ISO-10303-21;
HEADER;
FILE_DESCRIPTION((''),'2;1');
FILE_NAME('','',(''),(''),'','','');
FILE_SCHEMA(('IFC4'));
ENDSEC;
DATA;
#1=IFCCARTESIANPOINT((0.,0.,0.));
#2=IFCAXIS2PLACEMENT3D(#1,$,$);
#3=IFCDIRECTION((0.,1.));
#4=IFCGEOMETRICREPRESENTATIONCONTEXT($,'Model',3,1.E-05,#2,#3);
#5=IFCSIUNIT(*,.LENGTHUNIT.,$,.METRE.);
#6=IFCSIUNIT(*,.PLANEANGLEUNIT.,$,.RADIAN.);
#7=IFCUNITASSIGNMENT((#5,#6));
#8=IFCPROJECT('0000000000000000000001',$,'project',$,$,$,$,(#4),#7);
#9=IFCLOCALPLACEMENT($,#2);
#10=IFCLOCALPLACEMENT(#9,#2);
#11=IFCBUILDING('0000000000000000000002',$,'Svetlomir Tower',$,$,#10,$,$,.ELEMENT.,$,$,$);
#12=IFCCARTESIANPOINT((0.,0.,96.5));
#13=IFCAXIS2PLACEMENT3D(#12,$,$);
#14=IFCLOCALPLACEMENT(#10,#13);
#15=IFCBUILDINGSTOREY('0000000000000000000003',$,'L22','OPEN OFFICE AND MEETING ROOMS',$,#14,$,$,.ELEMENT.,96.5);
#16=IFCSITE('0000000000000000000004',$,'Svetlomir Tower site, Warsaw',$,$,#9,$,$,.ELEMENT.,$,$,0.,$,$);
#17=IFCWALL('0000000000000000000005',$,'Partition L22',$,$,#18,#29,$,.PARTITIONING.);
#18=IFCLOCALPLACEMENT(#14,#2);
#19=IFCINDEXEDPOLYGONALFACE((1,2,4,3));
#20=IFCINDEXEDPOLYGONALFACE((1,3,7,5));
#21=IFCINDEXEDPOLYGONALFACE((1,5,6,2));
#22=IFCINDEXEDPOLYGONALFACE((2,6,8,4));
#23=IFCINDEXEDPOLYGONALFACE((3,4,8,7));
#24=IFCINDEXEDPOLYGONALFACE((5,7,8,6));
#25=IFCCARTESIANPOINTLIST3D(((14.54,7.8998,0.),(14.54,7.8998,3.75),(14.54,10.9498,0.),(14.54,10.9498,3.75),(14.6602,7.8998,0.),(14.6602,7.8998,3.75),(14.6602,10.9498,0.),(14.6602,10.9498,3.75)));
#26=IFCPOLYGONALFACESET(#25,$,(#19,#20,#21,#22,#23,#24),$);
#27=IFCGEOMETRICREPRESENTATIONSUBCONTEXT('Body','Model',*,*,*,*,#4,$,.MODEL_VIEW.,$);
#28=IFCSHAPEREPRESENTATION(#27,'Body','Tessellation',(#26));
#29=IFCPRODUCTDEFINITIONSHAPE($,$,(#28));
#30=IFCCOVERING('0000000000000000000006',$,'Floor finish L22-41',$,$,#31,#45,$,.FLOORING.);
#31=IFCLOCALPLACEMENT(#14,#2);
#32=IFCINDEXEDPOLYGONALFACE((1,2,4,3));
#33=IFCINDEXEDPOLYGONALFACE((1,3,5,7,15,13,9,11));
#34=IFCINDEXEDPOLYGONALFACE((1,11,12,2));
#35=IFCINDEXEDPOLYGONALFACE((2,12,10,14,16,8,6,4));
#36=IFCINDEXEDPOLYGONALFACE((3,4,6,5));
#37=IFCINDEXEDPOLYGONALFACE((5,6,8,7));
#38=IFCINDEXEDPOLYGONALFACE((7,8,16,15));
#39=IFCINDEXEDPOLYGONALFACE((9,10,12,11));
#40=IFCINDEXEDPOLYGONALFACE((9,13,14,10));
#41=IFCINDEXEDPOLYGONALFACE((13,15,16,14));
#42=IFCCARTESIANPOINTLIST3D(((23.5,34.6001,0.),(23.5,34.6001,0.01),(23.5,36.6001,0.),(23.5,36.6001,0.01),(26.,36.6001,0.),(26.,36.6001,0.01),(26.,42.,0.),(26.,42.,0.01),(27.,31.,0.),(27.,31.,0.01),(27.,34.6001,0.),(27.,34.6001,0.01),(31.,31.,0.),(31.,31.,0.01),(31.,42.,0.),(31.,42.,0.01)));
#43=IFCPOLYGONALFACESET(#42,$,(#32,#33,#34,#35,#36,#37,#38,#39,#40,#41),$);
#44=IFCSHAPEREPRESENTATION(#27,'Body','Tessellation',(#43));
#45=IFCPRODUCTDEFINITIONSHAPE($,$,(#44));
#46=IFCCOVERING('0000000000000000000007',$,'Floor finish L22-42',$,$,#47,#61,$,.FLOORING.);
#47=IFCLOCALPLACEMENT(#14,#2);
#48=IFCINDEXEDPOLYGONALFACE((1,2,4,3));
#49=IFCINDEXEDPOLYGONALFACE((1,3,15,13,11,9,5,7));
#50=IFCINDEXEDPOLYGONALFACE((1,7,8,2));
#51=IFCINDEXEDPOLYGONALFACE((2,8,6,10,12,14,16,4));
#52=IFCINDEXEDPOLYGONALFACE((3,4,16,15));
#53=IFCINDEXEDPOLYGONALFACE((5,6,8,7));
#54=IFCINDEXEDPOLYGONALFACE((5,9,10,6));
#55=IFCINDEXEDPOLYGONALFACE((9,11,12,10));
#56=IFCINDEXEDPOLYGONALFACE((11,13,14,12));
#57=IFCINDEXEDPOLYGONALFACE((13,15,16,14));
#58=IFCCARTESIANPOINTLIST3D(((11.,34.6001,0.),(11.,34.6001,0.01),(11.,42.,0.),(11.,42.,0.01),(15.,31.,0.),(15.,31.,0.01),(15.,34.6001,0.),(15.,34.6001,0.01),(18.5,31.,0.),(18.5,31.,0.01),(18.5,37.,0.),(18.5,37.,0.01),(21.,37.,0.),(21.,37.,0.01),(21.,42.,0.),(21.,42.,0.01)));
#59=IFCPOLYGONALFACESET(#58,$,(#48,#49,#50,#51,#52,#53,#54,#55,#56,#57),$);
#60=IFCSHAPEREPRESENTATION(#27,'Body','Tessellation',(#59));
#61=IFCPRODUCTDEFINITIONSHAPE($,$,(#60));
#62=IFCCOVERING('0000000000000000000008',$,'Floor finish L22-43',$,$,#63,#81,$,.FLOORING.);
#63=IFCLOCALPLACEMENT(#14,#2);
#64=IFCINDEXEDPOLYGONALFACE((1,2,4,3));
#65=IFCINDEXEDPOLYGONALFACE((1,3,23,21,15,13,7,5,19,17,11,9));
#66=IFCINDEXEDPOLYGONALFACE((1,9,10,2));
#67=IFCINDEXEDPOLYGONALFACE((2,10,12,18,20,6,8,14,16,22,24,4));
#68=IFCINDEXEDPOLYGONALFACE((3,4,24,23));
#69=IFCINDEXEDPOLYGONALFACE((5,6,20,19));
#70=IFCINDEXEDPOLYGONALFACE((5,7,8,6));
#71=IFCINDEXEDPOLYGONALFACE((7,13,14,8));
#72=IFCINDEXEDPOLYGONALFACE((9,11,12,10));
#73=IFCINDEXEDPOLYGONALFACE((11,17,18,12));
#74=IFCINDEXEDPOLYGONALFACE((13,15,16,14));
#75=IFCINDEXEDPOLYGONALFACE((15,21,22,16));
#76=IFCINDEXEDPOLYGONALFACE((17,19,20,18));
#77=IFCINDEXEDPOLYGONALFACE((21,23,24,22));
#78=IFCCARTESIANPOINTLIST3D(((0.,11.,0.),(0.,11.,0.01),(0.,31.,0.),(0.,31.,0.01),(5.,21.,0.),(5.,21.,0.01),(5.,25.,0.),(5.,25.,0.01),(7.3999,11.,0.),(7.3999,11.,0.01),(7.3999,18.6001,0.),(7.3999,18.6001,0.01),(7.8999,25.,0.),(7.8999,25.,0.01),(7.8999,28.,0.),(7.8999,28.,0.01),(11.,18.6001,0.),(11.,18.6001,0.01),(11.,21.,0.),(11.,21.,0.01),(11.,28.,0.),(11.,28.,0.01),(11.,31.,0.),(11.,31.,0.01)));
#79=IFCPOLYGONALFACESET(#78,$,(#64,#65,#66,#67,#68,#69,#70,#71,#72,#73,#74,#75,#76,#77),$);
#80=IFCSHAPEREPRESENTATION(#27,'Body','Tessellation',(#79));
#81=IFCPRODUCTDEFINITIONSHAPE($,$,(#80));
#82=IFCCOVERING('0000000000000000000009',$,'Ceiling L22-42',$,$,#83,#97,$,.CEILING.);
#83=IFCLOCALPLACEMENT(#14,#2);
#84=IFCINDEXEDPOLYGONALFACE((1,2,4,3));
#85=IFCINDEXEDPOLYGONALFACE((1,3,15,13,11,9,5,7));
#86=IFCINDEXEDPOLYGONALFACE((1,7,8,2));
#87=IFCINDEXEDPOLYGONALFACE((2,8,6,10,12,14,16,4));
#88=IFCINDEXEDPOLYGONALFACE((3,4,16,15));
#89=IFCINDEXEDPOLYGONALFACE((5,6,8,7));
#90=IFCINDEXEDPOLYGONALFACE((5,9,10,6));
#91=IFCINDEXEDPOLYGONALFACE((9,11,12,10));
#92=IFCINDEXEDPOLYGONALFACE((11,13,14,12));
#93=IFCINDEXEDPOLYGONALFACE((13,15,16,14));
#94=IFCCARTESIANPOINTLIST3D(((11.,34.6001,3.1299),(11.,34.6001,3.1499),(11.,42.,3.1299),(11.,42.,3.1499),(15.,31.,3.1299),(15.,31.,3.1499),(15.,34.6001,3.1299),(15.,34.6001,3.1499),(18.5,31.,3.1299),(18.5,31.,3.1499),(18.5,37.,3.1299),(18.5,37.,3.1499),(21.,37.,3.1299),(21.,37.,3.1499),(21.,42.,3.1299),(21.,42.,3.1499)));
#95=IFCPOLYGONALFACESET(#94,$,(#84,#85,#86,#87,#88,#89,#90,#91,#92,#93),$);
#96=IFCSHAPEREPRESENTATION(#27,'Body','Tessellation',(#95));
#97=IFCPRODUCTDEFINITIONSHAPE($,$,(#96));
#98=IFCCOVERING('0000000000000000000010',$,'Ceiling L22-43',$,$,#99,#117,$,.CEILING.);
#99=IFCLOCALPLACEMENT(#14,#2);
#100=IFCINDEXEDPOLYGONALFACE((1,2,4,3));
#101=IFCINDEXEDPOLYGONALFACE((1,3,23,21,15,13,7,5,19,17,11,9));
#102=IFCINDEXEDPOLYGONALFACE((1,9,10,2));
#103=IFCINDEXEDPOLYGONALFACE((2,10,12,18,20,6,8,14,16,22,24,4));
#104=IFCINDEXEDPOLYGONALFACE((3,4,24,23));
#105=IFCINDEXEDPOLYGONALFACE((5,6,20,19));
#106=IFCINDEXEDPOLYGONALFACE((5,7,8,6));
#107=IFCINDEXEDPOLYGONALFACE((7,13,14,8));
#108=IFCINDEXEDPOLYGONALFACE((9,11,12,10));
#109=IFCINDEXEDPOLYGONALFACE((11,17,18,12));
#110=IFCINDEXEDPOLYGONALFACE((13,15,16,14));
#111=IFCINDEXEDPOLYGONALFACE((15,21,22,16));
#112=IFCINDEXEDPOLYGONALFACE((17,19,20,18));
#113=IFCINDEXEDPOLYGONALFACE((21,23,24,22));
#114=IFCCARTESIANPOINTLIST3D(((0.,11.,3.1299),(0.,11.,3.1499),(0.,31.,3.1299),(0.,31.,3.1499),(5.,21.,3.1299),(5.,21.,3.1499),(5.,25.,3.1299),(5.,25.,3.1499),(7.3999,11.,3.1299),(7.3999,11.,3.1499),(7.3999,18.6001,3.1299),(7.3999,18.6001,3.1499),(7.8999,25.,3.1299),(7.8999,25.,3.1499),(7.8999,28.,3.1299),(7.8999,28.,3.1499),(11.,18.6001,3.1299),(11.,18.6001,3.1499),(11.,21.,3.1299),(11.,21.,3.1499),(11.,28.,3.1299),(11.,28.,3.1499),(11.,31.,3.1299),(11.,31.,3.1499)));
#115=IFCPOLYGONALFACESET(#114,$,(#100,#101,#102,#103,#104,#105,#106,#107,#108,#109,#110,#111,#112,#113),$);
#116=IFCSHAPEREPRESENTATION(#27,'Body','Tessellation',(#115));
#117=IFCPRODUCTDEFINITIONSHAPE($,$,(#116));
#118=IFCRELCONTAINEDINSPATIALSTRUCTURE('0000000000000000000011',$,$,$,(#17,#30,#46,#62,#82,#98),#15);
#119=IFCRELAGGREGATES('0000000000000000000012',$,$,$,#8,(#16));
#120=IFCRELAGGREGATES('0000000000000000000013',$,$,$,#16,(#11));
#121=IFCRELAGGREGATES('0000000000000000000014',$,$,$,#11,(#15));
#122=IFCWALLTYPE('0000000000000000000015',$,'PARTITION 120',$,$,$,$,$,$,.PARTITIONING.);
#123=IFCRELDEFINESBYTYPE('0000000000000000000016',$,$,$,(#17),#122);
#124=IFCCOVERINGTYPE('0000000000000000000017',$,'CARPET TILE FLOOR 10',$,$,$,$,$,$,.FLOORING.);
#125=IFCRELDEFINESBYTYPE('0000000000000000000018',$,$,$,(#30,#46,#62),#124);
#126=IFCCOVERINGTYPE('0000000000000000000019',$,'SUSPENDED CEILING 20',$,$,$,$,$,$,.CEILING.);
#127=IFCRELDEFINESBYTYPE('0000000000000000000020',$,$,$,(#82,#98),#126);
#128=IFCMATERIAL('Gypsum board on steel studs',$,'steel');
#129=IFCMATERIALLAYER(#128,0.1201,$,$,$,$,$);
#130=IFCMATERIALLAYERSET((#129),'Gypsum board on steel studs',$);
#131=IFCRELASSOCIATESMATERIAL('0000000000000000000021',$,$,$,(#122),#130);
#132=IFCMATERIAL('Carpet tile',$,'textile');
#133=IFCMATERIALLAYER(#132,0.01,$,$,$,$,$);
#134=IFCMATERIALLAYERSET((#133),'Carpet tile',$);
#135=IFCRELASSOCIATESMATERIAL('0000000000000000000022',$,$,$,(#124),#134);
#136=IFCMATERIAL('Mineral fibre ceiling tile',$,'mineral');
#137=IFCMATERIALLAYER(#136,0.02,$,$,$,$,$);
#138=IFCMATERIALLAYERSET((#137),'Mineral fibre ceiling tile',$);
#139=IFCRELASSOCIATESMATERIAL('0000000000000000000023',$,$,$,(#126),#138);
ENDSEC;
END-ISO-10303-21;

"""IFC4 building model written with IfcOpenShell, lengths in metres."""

from ifc_helpers import new_model, si_unit, direction, frame, frame_2d, origin, place, context, subcontext, project, spatial, polyline, rectangle, outline, extrude, material, layer, layer_set, type_object, element, save


model = new_model("IFC4")

# Units and contexts
model_context = context("Model", 3, precision=1e-05, world=origin(), true_north=direction((0.0, 1.0)))
body_context = subcontext(model_context, "Body", "Model", "MODEL_VIEW")
ifc_project = project(units=[si_unit("LENGTHUNIT", "METRE"), si_unit("PLANEANGLEUNIT", "RADIAN")], contexts=[model_context])

# Site, building, storey
site_placement = place(None, origin())
site = spatial("IfcSite", under=ifc_project, at=site_placement, Name="Svetlomir Tower site, Warsaw", CompositionType="ELEMENT", RefElevation=0.0)
building_placement = place(site_placement, origin())
building = spatial("IfcBuilding", under=site, at=building_placement, Name="Svetlomir Tower", CompositionType="ELEMENT")
storey_placement = place(building_placement, frame((0.0, 0.0, 96.5)))
storey = spatial("IfcBuildingStorey", under=building, at=storey_placement, Name="L22", Description="OPEN OFFICE AND MEETING ROOMS", CompositionType="ELEMENT", Elevation=96.5)

# Shared definitions
ifc_material_1 = material(Name="Gypsum board on steel studs", Category="steel")
ifc_layer_1 = layer(ifc_material_1, 0.1201)
ifc_layer_set_1 = layer_set([ifc_layer_1], Name="Gypsum board on steel studs")
wall_type_1 = type_object("IfcWallType", Name="PARTITION 120", PredefinedType="PARTITIONING", material=ifc_layer_set_1)

# Wall
wall_1_placement = place(storey_placement, frame((14.6001, 7.8999, 0.0), z_axis=(0.0, 0.0, 1.0), x_axis=(0.0, 1.0, 0.0)))
element("IfcWall", 1, at=wall_1_placement, inside=storey, type_object=wall_type_1, Name="Partition L22", PredefinedType="PARTITIONING", context=body_context, shape_type="SweptSolid", body=[
    extrude(rectangle(XDim=3.05, YDim=0.1201, at=frame_2d((1.5249, 0.0))), origin(), (0.0, 0.0, 1.0), 3.75),
])

# Coverings
ifc_material_2 = material(Name="Carpet tile", Category="textile")
ifc_layer_2 = layer(ifc_material_2, 0.01)
ifc_layer_set_2 = layer_set([ifc_layer_2], Name="Carpet tile")
covering_type_1 = type_object("IfcCoveringType", Name="CARPET TILE FLOOR 10", PredefinedType="FLOORING", material=ifc_layer_set_2)
covering_1_placement = place(storey_placement, origin())
element("IfcCovering", 2, at=covering_1_placement, inside=storey, type_object=covering_type_1, Name="Floor finish L22-41", PredefinedType="FLOORING", context=body_context, shape_type="SweptSolid", body=[
    extrude(outline(polyline([(27.0, 31.0), (27.0, 34.6001), (23.5, 34.6001), (23.5, 36.6001), (26.0, 36.6001), (26.0, 42.0), (31.0, 42.0), (31.0, 31.0), (27.0, 31.0)])), origin(), (0.0, 0.0, 1.0), 0.01),
])
covering_2_placement = place(storey_placement, origin())
element("IfcCovering", 3, at=covering_2_placement, inside=storey, type_object=covering_type_1, Name="Floor finish L22-42", PredefinedType="FLOORING", context=body_context, shape_type="SweptSolid", body=[
    extrude(outline(polyline([(15.0, 34.6001), (11.0, 34.6001), (11.0, 42.0), (21.0, 42.0), (21.0, 37.0), (18.5, 37.0), (18.5, 31.0), (15.0, 31.0), (15.0, 34.6001)])), origin(), (0.0, 0.0, 1.0), 0.01),
])
covering_3_placement = place(storey_placement, origin())
element("IfcCovering", 4, at=covering_3_placement, inside=storey, type_object=covering_type_1, Name="Floor finish L22-43", PredefinedType="FLOORING", context=body_context, shape_type="SweptSolid", body=[
    extrude(outline(polyline([(11.0, 31.0), (11.0, 28.0), (7.8999, 28.0), (7.8999, 25.0), (5.0, 25.0), (5.0, 21.0), (11.0, 21.0), (11.0, 18.6001), (7.3999, 18.6001), (7.3999, 11.0), (0.0, 11.0), (0.0, 31.0), (11.0, 31.0)])), origin(), (0.0, 0.0, 1.0), 0.01),
])
ifc_material_3 = material(Name="Mineral fibre ceiling tile", Category="mineral")
ifc_layer_3 = layer(ifc_material_3, 0.02)
ifc_layer_set_3 = layer_set([ifc_layer_3], Name="Mineral fibre ceiling tile")
covering_type_2 = type_object("IfcCoveringType", Name="SUSPENDED CEILING 20", PredefinedType="CEILING", material=ifc_layer_set_3)
covering_4_placement = place(storey_placement, frame((0.0, 0.0, 3.1299)))
element("IfcCovering", 5, at=covering_4_placement, inside=storey, type_object=covering_type_2, Name="Ceiling L22-42", PredefinedType="CEILING", context=body_context, shape_type="SweptSolid", body=[
    extrude(outline(polyline([(15.0, 34.6001), (11.0, 34.6001), (11.0, 42.0), (21.0, 42.0), (21.0, 37.0), (18.5, 37.0), (18.5, 31.0), (15.0, 31.0), (15.0, 34.6001)])), origin(), (0.0, 0.0, 1.0), 0.02),
])
covering_5_placement = place(storey_placement, frame((0.0, 0.0, 3.1299)))
element("IfcCovering", 6, at=covering_5_placement, inside=storey, type_object=covering_type_2, Name="Ceiling L22-43", PredefinedType="CEILING", context=body_context, shape_type="SweptSolid", body=[
    extrude(outline(polyline([(11.0, 31.0), (11.0, 28.0), (7.8999, 28.0), (7.8999, 25.0), (5.0, 25.0), (5.0, 21.0), (11.0, 21.0), (11.0, 18.6001), (7.3999, 18.6001), (7.3999, 11.0), (0.0, 11.0), (0.0, 31.0), (11.0, 31.0)])), origin(), (0.0, 0.0, 1.0), 0.02),
])

save(model, "model.ifc")
